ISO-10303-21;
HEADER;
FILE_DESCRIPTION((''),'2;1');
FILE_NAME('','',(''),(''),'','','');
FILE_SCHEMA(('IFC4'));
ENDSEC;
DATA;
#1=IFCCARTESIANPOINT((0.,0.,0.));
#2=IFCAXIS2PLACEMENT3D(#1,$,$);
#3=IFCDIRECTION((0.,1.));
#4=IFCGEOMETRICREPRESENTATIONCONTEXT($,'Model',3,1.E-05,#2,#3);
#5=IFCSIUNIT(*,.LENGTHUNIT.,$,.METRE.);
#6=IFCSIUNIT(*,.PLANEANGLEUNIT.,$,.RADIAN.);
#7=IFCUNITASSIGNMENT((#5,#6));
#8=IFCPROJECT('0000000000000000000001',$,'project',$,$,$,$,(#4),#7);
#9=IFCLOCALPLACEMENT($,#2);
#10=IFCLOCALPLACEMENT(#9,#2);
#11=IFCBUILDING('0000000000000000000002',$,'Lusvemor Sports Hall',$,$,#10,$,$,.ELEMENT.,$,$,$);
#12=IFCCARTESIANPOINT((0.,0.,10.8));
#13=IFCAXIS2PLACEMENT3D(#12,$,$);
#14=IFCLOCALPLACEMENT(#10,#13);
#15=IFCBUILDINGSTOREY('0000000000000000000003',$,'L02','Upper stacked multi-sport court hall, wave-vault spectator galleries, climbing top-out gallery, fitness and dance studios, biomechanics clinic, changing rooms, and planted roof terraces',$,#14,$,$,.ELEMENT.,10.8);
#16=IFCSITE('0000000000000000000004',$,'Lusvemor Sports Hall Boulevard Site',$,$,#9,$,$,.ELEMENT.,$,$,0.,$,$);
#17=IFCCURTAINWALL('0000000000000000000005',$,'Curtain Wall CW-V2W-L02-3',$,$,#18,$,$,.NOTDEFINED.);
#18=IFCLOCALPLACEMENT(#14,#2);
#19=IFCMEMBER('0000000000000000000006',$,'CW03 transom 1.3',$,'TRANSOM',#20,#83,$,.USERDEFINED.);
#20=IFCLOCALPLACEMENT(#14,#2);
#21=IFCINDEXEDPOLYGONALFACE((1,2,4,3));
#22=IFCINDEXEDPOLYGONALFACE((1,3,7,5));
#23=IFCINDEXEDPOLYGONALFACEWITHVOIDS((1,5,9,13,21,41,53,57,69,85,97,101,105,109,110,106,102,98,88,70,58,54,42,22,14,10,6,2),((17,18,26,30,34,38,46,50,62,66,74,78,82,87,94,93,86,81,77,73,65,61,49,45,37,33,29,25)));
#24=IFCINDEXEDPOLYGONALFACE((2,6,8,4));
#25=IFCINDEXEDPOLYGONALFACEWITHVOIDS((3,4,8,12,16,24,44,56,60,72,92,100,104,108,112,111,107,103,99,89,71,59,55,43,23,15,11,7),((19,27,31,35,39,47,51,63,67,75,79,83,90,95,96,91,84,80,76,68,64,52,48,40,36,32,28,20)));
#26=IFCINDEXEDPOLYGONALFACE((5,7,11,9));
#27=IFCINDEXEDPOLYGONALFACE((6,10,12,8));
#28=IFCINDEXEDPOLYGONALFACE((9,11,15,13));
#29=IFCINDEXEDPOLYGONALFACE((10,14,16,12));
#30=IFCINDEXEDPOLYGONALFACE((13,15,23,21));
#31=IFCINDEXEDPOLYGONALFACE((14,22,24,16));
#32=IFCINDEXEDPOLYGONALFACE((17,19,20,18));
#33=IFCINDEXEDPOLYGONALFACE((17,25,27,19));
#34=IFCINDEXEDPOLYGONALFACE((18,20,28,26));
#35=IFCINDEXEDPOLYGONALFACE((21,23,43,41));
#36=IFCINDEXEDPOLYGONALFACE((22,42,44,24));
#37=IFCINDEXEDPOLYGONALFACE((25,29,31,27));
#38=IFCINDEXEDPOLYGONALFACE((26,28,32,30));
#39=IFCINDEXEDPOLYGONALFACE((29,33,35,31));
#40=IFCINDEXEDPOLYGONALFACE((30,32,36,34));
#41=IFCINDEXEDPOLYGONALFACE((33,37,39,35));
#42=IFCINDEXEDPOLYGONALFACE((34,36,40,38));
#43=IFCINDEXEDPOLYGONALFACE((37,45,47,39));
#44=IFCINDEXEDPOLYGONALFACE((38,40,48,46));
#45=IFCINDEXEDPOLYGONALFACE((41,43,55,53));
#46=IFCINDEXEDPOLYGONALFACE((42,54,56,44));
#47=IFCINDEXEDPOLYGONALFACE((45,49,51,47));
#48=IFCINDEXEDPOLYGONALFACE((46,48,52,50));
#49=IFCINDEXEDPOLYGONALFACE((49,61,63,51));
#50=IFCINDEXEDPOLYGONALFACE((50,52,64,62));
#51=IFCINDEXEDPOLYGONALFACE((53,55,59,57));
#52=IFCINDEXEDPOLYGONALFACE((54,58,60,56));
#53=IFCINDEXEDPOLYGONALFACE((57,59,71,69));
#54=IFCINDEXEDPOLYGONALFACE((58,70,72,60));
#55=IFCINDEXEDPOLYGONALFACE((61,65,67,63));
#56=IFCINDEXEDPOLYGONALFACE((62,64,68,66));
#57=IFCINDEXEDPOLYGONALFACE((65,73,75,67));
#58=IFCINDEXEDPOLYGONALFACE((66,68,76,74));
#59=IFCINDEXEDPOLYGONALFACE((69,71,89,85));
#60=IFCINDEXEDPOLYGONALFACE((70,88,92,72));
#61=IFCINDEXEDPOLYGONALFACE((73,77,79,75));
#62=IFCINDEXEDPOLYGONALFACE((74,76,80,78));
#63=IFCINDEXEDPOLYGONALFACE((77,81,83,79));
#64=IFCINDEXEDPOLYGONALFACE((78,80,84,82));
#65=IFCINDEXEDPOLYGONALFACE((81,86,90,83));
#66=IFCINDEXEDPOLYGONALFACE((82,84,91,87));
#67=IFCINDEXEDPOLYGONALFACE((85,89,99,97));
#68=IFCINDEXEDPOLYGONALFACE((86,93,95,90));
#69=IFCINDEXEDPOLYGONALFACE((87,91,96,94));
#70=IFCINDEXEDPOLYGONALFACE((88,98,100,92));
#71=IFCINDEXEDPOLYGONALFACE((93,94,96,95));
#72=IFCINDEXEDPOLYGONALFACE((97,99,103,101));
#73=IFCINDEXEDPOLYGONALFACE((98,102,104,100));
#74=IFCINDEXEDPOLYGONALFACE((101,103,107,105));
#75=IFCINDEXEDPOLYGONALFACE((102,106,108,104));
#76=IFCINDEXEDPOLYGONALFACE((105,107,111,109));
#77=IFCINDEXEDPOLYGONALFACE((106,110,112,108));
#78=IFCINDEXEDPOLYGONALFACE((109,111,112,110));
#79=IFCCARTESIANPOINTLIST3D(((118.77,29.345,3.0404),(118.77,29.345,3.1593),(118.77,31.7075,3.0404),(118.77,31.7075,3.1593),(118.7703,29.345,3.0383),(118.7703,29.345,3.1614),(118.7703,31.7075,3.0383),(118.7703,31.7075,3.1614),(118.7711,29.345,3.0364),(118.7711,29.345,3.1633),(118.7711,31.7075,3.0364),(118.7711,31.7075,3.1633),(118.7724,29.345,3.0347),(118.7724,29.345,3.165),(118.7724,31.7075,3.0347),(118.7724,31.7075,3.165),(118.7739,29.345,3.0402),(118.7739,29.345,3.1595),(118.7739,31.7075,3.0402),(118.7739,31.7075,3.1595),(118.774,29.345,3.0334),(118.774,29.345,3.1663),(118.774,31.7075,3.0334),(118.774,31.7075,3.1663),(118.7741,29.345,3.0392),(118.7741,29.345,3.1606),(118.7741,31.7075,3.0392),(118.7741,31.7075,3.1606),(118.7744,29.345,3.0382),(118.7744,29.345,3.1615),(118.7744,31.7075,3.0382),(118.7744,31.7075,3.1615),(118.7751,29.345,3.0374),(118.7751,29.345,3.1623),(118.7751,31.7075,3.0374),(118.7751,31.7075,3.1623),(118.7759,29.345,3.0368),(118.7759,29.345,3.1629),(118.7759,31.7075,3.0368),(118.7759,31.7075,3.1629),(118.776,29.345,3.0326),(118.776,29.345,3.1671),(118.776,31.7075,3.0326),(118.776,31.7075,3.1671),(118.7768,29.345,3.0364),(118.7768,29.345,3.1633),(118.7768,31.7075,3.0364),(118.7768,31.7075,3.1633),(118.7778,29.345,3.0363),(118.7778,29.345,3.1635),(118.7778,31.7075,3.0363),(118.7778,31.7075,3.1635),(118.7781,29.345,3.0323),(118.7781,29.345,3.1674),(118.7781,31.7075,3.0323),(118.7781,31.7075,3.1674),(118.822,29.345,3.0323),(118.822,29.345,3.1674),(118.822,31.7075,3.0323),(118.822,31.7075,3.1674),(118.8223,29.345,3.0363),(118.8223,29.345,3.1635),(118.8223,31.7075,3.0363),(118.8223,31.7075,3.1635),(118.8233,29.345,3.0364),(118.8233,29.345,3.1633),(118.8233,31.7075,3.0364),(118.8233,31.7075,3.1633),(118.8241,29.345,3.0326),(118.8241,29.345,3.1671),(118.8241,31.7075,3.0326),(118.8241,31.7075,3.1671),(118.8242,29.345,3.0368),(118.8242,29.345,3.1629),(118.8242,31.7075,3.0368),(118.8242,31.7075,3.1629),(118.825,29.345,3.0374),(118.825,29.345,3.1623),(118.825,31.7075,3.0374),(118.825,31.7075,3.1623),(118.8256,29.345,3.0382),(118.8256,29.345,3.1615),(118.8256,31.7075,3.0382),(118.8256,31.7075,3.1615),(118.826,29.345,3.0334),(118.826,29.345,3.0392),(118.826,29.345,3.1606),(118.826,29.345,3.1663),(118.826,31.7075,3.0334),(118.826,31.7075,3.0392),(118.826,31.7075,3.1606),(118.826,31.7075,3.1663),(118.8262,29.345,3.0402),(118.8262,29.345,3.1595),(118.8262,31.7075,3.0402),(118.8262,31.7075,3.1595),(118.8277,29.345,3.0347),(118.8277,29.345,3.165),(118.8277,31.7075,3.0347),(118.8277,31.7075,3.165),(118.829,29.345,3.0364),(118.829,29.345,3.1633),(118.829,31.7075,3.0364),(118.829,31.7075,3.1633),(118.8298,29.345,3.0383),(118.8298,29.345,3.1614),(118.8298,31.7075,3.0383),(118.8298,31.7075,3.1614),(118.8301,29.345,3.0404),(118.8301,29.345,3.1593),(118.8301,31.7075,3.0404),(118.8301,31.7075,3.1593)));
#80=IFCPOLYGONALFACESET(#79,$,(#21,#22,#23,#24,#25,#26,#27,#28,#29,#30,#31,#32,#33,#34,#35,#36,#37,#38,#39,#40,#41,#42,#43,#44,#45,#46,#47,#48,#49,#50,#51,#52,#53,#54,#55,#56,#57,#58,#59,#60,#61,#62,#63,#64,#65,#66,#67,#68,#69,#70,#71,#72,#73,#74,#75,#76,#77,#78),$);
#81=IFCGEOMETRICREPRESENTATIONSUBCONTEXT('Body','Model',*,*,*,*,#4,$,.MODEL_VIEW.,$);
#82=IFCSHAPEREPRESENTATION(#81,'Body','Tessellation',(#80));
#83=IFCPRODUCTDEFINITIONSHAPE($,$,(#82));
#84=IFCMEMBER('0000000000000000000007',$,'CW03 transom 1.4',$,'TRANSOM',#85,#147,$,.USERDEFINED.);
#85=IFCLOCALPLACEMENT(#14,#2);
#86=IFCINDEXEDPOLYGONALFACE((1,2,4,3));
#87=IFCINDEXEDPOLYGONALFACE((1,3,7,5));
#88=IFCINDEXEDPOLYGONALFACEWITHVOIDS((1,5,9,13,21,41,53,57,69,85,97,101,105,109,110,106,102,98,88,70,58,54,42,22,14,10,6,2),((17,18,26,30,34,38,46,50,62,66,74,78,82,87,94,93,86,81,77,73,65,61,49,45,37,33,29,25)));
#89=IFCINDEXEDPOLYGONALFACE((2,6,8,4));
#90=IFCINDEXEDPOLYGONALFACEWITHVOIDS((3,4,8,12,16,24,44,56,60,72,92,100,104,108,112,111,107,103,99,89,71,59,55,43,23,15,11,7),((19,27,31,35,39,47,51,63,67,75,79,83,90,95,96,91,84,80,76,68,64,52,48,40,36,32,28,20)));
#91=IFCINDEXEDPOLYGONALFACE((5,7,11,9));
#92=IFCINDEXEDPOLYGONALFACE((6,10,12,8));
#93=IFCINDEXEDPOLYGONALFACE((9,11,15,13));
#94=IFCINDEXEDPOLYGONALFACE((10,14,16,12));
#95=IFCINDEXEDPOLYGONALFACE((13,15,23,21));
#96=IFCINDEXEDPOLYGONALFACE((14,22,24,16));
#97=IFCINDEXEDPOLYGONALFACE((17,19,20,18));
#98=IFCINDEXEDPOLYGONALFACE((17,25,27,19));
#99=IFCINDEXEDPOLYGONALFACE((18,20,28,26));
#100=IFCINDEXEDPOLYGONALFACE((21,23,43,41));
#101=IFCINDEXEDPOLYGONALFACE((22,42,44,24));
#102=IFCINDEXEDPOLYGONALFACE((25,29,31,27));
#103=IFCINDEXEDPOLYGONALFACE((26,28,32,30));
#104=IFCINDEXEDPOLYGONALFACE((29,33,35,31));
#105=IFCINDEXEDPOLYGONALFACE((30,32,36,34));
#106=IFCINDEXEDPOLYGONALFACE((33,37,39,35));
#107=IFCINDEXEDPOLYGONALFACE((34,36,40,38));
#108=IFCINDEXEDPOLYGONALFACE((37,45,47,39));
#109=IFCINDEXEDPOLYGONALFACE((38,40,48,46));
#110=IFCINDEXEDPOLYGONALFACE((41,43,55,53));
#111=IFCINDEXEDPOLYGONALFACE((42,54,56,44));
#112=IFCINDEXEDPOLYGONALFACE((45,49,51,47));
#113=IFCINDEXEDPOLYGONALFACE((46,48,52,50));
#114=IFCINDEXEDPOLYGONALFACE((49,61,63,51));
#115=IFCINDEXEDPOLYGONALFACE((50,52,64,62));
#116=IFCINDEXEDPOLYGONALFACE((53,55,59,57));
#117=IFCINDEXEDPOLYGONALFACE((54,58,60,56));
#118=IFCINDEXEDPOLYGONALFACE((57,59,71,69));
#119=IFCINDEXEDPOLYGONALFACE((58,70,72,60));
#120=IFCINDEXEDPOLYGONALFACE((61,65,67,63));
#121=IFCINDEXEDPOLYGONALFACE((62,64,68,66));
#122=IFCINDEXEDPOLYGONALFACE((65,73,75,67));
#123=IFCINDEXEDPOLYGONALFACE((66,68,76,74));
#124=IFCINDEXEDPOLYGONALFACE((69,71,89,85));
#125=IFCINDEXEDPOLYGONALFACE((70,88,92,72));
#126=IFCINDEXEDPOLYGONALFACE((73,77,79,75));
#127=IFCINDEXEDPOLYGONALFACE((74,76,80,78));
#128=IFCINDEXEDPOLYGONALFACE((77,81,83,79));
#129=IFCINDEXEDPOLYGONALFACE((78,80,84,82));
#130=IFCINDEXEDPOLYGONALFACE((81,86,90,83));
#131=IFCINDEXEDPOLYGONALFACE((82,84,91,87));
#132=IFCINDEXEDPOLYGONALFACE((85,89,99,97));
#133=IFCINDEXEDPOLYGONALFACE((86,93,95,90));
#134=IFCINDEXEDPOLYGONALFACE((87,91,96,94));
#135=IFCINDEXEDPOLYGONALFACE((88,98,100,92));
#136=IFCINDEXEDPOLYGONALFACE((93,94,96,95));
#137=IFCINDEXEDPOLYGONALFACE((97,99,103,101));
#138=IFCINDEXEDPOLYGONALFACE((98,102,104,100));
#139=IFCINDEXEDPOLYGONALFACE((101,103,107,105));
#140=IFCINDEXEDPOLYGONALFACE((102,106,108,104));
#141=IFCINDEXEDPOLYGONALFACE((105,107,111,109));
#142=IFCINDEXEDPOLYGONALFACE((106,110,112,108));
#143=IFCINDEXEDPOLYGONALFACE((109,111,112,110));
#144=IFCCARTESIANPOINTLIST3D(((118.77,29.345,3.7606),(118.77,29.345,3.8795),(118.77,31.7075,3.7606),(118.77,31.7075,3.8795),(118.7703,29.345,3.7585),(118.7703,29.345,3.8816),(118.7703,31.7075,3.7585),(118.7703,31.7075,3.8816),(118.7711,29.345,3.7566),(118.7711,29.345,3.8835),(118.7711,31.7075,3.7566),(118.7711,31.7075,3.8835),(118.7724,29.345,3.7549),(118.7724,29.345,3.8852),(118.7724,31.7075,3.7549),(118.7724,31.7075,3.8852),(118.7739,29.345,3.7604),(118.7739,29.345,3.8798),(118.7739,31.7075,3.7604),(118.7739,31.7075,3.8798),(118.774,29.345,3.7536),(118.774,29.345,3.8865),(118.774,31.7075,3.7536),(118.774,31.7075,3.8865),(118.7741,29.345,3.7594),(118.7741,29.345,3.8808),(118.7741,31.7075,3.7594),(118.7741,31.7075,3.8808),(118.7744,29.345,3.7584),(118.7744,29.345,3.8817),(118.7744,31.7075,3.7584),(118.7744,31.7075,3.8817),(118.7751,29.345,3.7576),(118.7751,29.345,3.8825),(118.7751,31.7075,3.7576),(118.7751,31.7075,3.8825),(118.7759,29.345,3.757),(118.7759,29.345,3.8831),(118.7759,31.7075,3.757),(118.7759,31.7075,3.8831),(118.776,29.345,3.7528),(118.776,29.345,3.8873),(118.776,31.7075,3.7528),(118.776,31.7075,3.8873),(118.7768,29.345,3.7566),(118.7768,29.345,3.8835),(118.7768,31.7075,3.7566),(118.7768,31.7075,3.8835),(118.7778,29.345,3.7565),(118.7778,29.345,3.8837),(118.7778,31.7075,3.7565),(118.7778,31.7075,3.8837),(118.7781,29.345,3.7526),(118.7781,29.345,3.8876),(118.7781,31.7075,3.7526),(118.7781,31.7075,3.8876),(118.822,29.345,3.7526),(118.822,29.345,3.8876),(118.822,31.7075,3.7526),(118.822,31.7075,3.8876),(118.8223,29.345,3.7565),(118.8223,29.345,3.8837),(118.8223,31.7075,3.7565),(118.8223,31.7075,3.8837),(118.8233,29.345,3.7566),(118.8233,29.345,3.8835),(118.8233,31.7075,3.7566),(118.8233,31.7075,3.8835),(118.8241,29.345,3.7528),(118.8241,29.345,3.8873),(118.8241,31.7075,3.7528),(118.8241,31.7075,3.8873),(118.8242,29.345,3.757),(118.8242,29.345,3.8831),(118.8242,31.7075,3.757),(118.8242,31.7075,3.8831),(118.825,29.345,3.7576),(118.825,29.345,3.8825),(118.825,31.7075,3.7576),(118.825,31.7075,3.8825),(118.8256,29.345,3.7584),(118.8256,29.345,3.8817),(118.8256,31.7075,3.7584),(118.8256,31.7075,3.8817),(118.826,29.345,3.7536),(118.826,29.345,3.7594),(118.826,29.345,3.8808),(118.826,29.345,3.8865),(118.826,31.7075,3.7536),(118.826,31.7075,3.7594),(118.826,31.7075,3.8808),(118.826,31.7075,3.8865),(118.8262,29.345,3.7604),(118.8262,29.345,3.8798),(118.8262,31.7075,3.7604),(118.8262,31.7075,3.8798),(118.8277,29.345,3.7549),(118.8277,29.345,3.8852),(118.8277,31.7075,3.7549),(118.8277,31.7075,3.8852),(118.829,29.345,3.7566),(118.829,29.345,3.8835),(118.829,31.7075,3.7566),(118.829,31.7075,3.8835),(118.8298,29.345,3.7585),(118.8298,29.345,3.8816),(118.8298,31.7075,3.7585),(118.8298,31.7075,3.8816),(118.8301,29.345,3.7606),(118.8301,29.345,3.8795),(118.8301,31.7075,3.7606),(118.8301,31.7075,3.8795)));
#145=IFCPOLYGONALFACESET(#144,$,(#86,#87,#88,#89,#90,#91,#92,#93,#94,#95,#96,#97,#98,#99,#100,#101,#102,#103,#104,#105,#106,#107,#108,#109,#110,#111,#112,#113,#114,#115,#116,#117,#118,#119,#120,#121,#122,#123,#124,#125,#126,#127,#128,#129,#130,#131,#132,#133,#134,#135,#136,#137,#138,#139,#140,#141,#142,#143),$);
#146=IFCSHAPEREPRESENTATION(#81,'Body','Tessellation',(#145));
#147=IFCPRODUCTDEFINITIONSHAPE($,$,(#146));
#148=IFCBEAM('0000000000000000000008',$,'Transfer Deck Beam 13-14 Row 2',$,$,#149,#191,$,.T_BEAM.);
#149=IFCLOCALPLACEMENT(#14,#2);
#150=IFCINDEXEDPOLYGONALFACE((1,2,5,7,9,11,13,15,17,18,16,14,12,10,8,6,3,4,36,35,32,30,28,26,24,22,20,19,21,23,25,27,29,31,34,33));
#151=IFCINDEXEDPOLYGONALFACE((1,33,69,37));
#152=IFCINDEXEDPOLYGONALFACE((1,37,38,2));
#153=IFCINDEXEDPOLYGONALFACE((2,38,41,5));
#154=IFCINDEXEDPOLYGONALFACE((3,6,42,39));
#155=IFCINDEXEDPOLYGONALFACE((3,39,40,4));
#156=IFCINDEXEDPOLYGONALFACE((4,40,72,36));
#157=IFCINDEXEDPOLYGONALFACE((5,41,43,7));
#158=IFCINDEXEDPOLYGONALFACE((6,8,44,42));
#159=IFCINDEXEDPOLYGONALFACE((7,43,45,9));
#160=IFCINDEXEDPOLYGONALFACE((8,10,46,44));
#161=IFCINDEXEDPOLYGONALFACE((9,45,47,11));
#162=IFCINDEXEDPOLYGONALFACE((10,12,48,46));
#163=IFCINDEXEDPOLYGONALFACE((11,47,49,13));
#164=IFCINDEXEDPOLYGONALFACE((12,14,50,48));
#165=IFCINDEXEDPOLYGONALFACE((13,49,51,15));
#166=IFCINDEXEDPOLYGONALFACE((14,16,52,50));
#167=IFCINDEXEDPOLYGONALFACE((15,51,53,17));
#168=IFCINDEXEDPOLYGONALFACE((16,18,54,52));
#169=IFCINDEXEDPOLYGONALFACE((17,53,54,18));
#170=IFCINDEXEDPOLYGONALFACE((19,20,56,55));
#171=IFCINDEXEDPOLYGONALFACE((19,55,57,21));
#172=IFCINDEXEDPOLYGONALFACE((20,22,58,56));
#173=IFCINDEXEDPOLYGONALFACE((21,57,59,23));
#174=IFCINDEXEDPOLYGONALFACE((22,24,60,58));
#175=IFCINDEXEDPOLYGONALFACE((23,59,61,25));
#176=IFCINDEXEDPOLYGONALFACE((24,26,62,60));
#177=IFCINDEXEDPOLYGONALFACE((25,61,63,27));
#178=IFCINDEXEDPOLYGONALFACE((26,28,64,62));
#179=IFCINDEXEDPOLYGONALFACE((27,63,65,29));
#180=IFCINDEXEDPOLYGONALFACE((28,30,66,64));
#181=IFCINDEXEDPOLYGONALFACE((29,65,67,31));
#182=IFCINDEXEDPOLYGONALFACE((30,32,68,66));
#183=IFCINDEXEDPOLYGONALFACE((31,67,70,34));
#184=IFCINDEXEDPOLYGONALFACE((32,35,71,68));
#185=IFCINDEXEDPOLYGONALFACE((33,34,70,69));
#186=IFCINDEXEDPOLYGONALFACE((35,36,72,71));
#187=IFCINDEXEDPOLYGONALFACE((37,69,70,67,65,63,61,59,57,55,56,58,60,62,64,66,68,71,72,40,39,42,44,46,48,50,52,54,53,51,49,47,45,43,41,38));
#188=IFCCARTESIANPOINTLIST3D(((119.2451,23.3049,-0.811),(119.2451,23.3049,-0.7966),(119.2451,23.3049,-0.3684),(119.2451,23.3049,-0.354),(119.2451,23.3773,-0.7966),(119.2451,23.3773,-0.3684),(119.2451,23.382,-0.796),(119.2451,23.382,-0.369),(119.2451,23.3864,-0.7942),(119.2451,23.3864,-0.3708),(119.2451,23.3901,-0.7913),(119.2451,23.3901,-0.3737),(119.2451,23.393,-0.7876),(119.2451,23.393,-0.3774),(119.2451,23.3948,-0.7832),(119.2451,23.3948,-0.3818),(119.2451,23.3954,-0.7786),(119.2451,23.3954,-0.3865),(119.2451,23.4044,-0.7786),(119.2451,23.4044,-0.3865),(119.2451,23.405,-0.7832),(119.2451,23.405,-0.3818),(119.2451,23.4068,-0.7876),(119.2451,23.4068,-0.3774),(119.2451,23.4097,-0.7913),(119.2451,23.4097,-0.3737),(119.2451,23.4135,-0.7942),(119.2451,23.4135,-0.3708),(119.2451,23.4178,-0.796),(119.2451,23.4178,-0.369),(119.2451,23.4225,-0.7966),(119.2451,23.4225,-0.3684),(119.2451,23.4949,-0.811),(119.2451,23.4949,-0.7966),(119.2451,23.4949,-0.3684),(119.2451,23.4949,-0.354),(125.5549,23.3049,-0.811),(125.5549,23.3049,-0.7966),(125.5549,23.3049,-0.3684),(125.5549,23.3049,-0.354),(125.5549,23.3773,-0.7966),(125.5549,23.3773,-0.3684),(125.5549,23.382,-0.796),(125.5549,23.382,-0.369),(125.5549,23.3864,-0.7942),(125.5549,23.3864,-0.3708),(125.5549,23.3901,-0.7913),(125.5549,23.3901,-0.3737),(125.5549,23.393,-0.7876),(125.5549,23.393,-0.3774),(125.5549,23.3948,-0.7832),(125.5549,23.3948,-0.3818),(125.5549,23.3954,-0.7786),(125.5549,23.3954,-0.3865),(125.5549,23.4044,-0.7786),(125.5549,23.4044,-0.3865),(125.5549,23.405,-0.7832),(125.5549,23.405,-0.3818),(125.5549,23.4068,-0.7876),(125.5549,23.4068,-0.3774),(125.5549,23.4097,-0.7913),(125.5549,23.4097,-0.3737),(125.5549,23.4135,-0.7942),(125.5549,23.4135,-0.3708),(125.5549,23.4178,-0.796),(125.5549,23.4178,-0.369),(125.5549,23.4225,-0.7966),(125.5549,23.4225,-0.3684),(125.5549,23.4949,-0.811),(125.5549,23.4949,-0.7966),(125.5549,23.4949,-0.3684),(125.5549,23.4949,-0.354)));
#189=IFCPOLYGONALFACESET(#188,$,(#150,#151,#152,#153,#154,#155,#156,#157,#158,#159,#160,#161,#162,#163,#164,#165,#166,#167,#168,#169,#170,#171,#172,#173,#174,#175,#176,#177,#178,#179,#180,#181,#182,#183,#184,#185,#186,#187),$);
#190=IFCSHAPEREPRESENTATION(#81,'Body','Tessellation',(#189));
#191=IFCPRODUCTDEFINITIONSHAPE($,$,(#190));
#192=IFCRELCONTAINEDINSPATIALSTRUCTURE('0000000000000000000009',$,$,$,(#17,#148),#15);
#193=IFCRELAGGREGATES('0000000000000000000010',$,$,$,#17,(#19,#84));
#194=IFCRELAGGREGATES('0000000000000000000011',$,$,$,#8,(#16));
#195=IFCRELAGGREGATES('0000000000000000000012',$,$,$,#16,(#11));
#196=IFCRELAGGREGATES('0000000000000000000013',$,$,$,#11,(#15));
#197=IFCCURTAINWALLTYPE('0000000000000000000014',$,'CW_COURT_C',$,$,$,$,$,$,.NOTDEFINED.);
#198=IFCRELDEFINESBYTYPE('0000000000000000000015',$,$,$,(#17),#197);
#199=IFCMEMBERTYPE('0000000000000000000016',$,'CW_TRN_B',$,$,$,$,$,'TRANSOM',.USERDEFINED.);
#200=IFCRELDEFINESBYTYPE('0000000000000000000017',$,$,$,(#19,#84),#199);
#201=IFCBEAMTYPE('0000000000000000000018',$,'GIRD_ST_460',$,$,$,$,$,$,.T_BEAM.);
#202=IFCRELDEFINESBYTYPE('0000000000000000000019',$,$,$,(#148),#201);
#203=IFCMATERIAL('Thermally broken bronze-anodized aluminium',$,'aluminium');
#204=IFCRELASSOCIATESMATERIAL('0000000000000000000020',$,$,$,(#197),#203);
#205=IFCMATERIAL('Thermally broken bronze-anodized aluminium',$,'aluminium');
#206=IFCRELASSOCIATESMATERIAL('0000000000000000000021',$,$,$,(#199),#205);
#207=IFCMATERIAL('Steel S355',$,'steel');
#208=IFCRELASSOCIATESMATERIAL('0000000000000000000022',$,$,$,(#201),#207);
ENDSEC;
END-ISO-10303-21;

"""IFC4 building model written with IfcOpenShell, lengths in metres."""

from ifc_helpers import new_model, si_unit, direction, frame, origin, origin_2d, place, context, subcontext, project, spatial, hollow_rectangle, i_section, extrude, material, material_profile, profile_set, type_object, element, aggregate, save


model = new_model("IFC4")

# Units and contexts
model_context = context("Model", 3, precision=1e-05, world=origin(), true_north=direction((0.0, 1.0)))
body_context = subcontext(model_context, "Body", "Model", "MODEL_VIEW")
ifc_project = project(units=[si_unit("LENGTHUNIT", "METRE"), si_unit("PLANEANGLEUNIT", "RADIAN")], contexts=[model_context])

# Site, building, storey
site_placement = place(None, origin())
site = spatial("IfcSite", under=ifc_project, at=site_placement, Name="Lusvemor Sports Hall Boulevard Site", CompositionType="ELEMENT", RefElevation=0.0)
building_placement = place(site_placement, origin())
building = spatial("IfcBuilding", under=site, at=building_placement, Name="Lusvemor Sports Hall", CompositionType="ELEMENT")
storey_placement = place(building_placement, frame((0.0, 0.0, 10.8)))
storey = spatial("IfcBuildingStorey", under=building, at=storey_placement, Name="L02", Description="Upper stacked multi-sport court hall, wave-vault spectator galleries, climbing top-out gallery, fitness and dance studios, biomechanics clinic, changing rooms, and planted roof terraces", CompositionType="ELEMENT", Elevation=10.8)

# Shared definitions
ifc_material_1 = material(Name="Thermally broken bronze-anodized aluminium", Category="aluminium")
curtain_wall_type = type_object("IfcCurtainWallType", Name="CW_COURT_C", PredefinedType="NOTDEFINED", material=ifc_material_1)

# Curtain wall
curtain_wall_1_placement = place(storey_placement, origin())
curtain_wall_1 = element("IfcCurtainWall", 1, at=curtain_wall_1_placement, inside=storey, type_object=curtain_wall_type, Name="Curtain Wall CW-V2W-L02-3", PredefinedType="NOTDEFINED")

# Members
ifc_material_2 = material(Name="Thermally broken bronze-anodized aluminium", Category="aluminium")
ifc_material_profile_1 = material_profile(ifc_material_2, hollow_rectangle(XDim=0.0601, YDim=0.135, WallThickness=0.0039, InnerFilletRadius=0.0039, OuterFilletRadius=0.0081, at=origin_2d()), Name="CWTRN135x60x4")
ifc_profile_set_1 = profile_set([ifc_material_profile_1], Name="Thermally broken bronze-anodized aluminium")
member_type_1 = type_object("IfcMemberType", Name="CW_TRN_B", ElementType="TRANSOM", PredefinedType="USERDEFINED", material=ifc_profile_set_1)
member_1_placement = place(storey_placement, frame((118.8, 29.345, 3.0999), z_axis=(0.0, 1.0, 0.0), x_axis=(-1.0, 0.0, 0.0)))
member_1 = element("IfcMember", 2, at=member_1_placement, type_object=member_type_1, Name="CW03 transom 1.3", ObjectType="TRANSOM", PredefinedType="USERDEFINED", context=body_context, shape_type="SweptSolid", body=[
    extrude(hollow_rectangle(XDim=0.0601, YDim=0.135, WallThickness=0.0039, InnerFilletRadius=0.0039, OuterFilletRadius=0.0081, at=origin_2d()), origin(), (0.0, 0.0, 1.0), 2.3625),
])
member_2_placement = place(storey_placement, frame((118.8, 29.345, 3.8201), z_axis=(0.0, 1.0, 0.0), x_axis=(-1.0, 0.0, 0.0)))
member_2 = element("IfcMember", 3, at=member_2_placement, type_object=member_type_1, Name="CW03 transom 1.4", ObjectType="TRANSOM", PredefinedType="USERDEFINED", context=body_context, shape_type="SweptSolid", body=[
    extrude(hollow_rectangle(XDim=0.0601, YDim=0.135, WallThickness=0.0039, InnerFilletRadius=0.0039, OuterFilletRadius=0.0081, at=origin_2d()), origin(), (0.0, 0.0, 1.0), 2.3625),
])

# Beam
ifc_material_3 = material(Name="Steel S355", Category="steel")
ifc_material_profile_2 = material_profile(ifc_material_3, i_section(OverallWidth=0.1899, OverallDepth=0.457, WebThickness=0.009, FlangeThickness=0.0144, FilletRadius=0.0181, at=origin_2d()), Name="W460x74.0")
ifc_profile_set_2 = profile_set([ifc_material_profile_2], Name="Steel S355")
beam_type_1 = type_object("IfcBeamType", Name="GIRD_ST_460", PredefinedType="T_BEAM", material=ifc_profile_set_2)
beam_1_placement = place(storey_placement, frame((119.2451, 23.3999, -0.5825), z_axis=(1.0, 0.0, 0.0), x_axis=(0.0, 1.0, 0.0)))
element("IfcBeam", 4, at=beam_1_placement, inside=storey, type_object=beam_type_1, Name="Transfer Deck Beam 13-14 Row 2", PredefinedType="T_BEAM", context=body_context, shape_type="SweptSolid", body=[
    extrude(i_section(OverallWidth=0.1899, OverallDepth=0.457, WebThickness=0.009, FlangeThickness=0.0144, FilletRadius=0.0181, at=origin_2d()), origin(), (0.0, 0.0, 1.0), 6.3098),
])

aggregate(curtain_wall_1, [member_1, member_2])

save(model, "model.ifc")
